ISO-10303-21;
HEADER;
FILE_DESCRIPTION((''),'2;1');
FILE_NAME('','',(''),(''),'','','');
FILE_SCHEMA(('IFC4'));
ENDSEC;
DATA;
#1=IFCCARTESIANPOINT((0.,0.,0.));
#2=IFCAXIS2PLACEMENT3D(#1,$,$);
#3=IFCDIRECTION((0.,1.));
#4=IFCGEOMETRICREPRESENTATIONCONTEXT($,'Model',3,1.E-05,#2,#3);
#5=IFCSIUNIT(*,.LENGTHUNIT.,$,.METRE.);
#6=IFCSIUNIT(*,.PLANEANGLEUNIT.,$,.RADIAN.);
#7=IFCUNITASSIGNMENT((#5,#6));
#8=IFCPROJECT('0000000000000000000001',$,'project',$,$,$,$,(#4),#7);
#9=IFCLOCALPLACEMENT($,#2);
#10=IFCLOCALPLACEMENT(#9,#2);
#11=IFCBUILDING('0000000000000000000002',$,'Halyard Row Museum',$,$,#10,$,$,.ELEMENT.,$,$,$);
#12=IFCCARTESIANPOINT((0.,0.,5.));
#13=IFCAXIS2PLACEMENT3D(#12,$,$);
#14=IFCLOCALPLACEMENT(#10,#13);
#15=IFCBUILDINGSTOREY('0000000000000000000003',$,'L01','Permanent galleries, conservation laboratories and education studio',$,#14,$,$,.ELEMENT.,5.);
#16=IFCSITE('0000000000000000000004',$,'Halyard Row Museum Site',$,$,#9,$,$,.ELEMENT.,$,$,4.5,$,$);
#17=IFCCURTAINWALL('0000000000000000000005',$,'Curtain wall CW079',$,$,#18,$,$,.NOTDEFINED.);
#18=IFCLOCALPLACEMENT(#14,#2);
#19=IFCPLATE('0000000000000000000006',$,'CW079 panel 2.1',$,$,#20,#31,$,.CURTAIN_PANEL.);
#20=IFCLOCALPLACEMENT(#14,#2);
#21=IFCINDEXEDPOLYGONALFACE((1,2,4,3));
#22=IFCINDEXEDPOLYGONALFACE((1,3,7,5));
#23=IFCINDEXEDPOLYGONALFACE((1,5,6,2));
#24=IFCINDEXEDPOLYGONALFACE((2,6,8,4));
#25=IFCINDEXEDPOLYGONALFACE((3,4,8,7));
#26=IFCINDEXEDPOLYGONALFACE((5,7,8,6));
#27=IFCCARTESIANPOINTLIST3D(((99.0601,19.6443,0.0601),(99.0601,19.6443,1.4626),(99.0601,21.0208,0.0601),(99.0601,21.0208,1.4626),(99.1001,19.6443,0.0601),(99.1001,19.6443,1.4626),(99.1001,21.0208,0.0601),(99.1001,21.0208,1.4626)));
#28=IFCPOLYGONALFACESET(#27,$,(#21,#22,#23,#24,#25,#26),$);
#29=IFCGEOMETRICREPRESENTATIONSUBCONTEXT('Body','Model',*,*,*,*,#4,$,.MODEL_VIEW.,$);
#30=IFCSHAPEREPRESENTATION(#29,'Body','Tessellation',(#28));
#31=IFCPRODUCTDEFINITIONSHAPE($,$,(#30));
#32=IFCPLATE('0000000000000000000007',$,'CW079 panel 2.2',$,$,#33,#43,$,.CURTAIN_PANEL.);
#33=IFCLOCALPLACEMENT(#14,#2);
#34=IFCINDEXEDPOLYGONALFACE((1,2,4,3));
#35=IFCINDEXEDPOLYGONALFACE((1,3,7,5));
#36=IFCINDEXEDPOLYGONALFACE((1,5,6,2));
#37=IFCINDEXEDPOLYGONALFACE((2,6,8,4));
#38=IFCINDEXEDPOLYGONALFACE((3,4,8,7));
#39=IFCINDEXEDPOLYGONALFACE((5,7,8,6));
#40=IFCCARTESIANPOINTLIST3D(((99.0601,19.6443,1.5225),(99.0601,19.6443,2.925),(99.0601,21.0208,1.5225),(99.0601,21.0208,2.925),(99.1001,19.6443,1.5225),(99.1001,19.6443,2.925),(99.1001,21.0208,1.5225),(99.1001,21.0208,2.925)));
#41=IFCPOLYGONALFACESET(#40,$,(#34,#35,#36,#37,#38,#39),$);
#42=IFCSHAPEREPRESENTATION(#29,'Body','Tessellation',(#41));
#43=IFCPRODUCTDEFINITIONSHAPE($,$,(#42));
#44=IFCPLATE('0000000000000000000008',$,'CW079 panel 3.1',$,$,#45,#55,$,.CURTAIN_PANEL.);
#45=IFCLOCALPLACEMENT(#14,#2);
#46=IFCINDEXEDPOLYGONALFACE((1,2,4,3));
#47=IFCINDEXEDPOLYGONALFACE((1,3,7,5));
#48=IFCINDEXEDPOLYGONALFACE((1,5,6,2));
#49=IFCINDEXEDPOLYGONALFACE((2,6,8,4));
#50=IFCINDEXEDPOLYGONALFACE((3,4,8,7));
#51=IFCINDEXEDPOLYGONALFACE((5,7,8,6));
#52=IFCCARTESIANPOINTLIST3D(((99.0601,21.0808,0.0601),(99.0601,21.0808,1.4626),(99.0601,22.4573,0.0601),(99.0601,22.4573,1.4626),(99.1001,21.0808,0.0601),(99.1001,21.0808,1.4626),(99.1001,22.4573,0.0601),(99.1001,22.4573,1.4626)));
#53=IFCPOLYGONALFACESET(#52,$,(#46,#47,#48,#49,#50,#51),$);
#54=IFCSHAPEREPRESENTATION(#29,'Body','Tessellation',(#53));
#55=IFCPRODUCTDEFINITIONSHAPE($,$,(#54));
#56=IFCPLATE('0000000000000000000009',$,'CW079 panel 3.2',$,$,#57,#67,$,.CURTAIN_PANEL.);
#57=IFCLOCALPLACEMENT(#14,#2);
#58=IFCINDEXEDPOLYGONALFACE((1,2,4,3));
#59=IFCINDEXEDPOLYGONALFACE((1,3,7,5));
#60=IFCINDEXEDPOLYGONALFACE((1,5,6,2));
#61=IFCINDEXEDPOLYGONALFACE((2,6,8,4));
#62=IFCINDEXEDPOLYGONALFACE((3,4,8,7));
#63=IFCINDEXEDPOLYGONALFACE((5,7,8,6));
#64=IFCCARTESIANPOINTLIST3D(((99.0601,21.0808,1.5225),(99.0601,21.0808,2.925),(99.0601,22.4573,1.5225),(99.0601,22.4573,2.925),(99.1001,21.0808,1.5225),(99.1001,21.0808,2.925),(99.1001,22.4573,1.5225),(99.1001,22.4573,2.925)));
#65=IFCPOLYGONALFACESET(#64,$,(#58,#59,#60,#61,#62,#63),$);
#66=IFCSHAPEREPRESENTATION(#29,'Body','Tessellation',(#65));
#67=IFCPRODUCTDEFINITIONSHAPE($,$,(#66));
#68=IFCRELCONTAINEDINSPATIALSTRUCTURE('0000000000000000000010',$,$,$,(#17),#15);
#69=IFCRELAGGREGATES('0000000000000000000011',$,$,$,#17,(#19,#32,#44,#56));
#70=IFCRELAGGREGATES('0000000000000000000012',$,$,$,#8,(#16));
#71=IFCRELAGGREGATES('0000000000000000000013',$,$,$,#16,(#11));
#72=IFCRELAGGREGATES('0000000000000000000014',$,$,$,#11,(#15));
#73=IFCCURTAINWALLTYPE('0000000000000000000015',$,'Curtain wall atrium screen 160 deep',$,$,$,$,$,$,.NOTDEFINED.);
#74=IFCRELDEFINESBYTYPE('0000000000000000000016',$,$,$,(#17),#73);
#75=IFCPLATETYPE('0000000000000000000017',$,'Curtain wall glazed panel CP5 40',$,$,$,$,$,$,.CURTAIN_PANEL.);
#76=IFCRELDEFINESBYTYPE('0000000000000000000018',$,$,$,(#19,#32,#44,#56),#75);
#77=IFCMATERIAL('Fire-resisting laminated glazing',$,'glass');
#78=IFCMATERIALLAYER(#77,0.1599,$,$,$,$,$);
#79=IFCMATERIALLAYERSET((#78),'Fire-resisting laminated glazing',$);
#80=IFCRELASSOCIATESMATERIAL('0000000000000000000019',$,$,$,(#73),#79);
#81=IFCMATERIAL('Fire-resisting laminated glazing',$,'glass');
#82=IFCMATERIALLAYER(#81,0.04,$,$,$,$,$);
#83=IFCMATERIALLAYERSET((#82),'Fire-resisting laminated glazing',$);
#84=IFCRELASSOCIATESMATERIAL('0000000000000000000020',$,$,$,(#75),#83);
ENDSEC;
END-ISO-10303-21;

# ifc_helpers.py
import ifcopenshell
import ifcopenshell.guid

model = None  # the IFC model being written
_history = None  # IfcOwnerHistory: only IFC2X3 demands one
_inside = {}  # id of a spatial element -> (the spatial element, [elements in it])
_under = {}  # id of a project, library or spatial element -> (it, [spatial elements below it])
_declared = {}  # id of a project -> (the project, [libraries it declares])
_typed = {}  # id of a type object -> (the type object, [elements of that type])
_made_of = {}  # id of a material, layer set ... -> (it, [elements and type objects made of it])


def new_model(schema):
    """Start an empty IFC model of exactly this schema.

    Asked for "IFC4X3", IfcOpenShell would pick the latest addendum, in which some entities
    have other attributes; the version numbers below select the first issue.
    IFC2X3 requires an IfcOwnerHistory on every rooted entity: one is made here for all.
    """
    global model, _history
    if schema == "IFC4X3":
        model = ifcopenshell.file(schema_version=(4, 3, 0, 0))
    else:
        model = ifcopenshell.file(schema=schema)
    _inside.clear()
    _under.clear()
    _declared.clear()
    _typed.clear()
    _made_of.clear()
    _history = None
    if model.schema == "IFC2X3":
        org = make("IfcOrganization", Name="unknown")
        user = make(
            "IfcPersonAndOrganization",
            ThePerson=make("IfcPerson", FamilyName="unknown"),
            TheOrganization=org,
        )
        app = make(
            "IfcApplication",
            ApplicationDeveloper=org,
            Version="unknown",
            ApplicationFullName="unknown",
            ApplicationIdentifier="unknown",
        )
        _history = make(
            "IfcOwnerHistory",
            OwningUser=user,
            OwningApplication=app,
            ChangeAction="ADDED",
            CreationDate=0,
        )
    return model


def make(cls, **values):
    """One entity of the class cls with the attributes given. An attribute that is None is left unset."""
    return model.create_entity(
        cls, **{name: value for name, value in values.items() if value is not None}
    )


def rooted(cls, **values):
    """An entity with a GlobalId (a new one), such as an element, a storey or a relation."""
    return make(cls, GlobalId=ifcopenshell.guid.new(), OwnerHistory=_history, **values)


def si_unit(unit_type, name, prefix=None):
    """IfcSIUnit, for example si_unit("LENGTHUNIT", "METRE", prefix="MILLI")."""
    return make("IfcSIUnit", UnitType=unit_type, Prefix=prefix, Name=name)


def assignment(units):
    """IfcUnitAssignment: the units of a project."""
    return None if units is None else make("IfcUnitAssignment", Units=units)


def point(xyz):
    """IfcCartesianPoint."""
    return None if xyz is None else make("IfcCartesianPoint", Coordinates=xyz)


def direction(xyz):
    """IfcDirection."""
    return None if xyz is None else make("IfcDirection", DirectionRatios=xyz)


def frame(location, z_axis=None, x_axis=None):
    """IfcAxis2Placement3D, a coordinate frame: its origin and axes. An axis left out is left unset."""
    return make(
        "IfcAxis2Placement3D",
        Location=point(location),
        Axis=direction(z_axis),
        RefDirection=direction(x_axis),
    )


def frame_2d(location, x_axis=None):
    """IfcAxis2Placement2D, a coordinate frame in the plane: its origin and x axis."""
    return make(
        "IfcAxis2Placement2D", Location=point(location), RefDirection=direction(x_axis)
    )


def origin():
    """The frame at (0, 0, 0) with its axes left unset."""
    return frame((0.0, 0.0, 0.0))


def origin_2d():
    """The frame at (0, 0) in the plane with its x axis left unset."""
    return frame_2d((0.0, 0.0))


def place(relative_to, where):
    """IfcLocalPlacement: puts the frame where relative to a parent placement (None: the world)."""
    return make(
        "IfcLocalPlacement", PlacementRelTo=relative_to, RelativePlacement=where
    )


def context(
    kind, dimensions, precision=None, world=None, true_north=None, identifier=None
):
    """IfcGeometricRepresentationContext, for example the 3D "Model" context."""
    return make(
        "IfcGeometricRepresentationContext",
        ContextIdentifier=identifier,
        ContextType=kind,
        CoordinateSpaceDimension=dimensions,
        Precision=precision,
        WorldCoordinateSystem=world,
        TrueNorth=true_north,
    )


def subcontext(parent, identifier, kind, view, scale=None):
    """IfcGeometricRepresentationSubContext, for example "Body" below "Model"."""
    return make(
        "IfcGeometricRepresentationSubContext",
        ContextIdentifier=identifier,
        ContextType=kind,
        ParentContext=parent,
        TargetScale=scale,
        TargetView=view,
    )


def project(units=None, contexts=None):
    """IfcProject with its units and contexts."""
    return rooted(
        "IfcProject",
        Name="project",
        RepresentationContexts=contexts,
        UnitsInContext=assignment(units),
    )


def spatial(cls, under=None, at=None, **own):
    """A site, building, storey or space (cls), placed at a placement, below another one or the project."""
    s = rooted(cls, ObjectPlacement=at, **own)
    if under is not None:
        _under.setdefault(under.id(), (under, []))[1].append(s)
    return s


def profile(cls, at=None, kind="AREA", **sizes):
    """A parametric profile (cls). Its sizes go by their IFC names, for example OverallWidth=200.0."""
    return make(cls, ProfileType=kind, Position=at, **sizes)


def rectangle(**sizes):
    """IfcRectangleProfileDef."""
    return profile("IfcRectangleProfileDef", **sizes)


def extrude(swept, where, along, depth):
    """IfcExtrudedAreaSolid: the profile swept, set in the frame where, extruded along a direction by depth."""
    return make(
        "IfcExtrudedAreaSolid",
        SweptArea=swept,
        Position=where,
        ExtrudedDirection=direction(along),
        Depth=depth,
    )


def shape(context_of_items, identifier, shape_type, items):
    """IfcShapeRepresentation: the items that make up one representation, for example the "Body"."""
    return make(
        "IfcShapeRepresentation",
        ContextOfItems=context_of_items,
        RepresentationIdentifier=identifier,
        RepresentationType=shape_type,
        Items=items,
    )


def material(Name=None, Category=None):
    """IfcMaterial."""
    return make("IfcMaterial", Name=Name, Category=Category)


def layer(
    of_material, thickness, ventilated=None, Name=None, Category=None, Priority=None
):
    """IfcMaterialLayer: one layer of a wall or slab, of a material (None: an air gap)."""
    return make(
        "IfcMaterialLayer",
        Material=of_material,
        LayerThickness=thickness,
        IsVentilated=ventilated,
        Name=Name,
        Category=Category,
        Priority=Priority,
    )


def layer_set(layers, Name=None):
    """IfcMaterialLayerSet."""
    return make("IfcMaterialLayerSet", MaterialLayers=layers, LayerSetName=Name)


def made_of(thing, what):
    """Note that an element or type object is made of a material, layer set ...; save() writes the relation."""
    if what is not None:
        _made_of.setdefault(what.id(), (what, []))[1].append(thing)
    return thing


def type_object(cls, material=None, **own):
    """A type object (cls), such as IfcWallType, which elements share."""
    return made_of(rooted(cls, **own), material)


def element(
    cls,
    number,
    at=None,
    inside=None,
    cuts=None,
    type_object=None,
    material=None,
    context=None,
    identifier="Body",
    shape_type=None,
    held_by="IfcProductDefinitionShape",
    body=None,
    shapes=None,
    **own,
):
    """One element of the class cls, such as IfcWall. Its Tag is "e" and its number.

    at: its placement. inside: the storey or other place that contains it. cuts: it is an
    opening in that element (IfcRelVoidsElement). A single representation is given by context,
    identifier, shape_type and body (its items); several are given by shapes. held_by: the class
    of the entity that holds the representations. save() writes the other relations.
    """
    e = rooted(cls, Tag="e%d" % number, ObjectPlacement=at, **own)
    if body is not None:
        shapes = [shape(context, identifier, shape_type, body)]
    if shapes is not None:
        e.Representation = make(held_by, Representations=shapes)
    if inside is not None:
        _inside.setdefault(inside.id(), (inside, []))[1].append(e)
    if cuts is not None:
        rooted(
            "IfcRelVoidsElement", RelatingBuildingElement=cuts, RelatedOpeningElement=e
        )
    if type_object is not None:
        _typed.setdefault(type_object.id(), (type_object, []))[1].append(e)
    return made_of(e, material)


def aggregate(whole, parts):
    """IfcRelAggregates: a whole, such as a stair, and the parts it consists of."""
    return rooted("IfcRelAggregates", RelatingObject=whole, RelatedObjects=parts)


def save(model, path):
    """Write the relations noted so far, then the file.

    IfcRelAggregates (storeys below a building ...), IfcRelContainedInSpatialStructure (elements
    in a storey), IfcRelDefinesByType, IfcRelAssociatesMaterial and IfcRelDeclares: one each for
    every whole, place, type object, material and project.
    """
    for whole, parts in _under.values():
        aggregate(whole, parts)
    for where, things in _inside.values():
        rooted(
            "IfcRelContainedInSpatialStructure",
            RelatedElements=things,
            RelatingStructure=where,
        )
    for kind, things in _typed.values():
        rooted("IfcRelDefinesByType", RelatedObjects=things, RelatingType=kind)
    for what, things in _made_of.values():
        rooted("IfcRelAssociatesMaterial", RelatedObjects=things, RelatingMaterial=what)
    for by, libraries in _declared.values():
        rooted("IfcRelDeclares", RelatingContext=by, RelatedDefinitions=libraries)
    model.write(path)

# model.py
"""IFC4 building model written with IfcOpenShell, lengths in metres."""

from ifc_helpers import new_model, si_unit, direction, frame, origin, origin_2d, place, context, subcontext, project, spatial, rectangle, extrude, material, layer, layer_set, type_object, element, aggregate, save


model = new_model("IFC4")

# Units and contexts
model_context = context("Model", 3, precision=1e-05, world=origin(), true_north=direction((0.0, 1.0)))
body_context = subcontext(model_context, "Body", "Model", "MODEL_VIEW")
ifc_project = project(units=[si_unit("LENGTHUNIT", "METRE"), si_unit("PLANEANGLEUNIT", "RADIAN")], contexts=[model_context])

# Site, building, storey
site_placement = place(None, origin())
site = spatial("IfcSite", under=ifc_project, at=site_placement, Name="Halyard Row Museum Site", CompositionType="ELEMENT", RefElevation=4.5)
building_placement = place(site_placement, origin())
building = spatial("IfcBuilding", under=site, at=building_placement, Name="Halyard Row Museum", CompositionType="ELEMENT")
storey_placement = place(building_placement, frame((0.0, 0.0, 5.0)))
storey = spatial("IfcBuildingStorey", under=building, at=storey_placement, Name="L01", Description="Permanent galleries, conservation laboratories and education studio", CompositionType="ELEMENT", Elevation=5.0)

# Curtain wall
ifc_material_1 = material(Name="Fire-resisting laminated glazing", Category="glass")
ifc_layer_1 = layer(ifc_material_1, 0.1599)
ifc_layer_set_1 = layer_set([ifc_layer_1], Name="Fire-resisting laminated glazing")
curtain_wall_type = type_object("IfcCurtainWallType", Name="Curtain wall atrium screen 160 deep", PredefinedType="NOTDEFINED", material=ifc_layer_set_1)
curtain_wall_placement = place(storey_placement, origin())
curtain_wall = element("IfcCurtainWall", 1, at=curtain_wall_placement, inside=storey, type_object=curtain_wall_type, Name="Curtain wall CW079", PredefinedType="NOTDEFINED")

# Plates
ifc_material_2 = material(Name="Fire-resisting laminated glazing", Category="glass")
ifc_layer_2 = layer(ifc_material_2, 0.04)
ifc_layer_set_2 = layer_set([ifc_layer_2], Name="Fire-resisting laminated glazing")
plate_type = type_object("IfcPlateType", Name="Curtain wall glazed panel CP5 40", PredefinedType="CURTAIN_PANEL", material=ifc_layer_set_2)
plate_1_placement = place(storey_placement, frame((99.0801, 20.3325, 0.0601), z_axis=(0.0, 0.0, 1.0), x_axis=(0.0, 1.0, 0.0)))
plate_1 = element("IfcPlate", 2, at=plate_1_placement, type_object=plate_type, Name="CW079 panel 2.1", PredefinedType="CURTAIN_PANEL", context=body_context, shape_type="SweptSolid", body=[
    extrude(rectangle(XDim=1.3765, YDim=0.04, at=origin_2d()), origin(), (0.0, 0.0, 1.0), 1.4026),
])
plate_2_placement = place(storey_placement, frame((99.0801, 20.3325, 1.5225), z_axis=(0.0, 0.0, 1.0), x_axis=(0.0, 1.0, 0.0)))
plate_2 = element("IfcPlate", 3, at=plate_2_placement, type_object=plate_type, Name="CW079 panel 2.2", PredefinedType="CURTAIN_PANEL", context=body_context, shape_type="SweptSolid", body=[
    extrude(rectangle(XDim=1.3765, YDim=0.04, at=origin_2d()), origin(), (0.0, 0.0, 1.0), 1.4026),
])
plate_3_placement = place(storey_placement, frame((99.0801, 21.769, 0.0601), z_axis=(0.0, 0.0, 1.0), x_axis=(0.0, 1.0, 0.0)))
plate_3 = element("IfcPlate", 4, at=plate_3_placement, type_object=plate_type, Name="CW079 panel 3.1", PredefinedType="CURTAIN_PANEL", context=body_context, shape_type="SweptSolid", body=[
    extrude(rectangle(XDim=1.3765, YDim=0.04, at=origin_2d()), origin(), (0.0, 0.0, 1.0), 1.4026),
])
plate_4_placement = place(storey_placement, frame((99.0801, 21.769, 1.5225), z_axis=(0.0, 0.0, 1.0), x_axis=(0.0, 1.0, 0.0)))
plate_4 = element("IfcPlate", 5, at=plate_4_placement, type_object=plate_type, Name="CW079 panel 3.2", PredefinedType="CURTAIN_PANEL", context=body_context, shape_type="SweptSolid", body=[
    extrude(rectangle(XDim=1.3765, YDim=0.04, at=origin_2d()), origin(), (0.0, 0.0, 1.0), 1.4026),
])
aggregate(curtain_wall, [plate_1, plate_2, plate_3, plate_4])

save(model, "model.ifc")
